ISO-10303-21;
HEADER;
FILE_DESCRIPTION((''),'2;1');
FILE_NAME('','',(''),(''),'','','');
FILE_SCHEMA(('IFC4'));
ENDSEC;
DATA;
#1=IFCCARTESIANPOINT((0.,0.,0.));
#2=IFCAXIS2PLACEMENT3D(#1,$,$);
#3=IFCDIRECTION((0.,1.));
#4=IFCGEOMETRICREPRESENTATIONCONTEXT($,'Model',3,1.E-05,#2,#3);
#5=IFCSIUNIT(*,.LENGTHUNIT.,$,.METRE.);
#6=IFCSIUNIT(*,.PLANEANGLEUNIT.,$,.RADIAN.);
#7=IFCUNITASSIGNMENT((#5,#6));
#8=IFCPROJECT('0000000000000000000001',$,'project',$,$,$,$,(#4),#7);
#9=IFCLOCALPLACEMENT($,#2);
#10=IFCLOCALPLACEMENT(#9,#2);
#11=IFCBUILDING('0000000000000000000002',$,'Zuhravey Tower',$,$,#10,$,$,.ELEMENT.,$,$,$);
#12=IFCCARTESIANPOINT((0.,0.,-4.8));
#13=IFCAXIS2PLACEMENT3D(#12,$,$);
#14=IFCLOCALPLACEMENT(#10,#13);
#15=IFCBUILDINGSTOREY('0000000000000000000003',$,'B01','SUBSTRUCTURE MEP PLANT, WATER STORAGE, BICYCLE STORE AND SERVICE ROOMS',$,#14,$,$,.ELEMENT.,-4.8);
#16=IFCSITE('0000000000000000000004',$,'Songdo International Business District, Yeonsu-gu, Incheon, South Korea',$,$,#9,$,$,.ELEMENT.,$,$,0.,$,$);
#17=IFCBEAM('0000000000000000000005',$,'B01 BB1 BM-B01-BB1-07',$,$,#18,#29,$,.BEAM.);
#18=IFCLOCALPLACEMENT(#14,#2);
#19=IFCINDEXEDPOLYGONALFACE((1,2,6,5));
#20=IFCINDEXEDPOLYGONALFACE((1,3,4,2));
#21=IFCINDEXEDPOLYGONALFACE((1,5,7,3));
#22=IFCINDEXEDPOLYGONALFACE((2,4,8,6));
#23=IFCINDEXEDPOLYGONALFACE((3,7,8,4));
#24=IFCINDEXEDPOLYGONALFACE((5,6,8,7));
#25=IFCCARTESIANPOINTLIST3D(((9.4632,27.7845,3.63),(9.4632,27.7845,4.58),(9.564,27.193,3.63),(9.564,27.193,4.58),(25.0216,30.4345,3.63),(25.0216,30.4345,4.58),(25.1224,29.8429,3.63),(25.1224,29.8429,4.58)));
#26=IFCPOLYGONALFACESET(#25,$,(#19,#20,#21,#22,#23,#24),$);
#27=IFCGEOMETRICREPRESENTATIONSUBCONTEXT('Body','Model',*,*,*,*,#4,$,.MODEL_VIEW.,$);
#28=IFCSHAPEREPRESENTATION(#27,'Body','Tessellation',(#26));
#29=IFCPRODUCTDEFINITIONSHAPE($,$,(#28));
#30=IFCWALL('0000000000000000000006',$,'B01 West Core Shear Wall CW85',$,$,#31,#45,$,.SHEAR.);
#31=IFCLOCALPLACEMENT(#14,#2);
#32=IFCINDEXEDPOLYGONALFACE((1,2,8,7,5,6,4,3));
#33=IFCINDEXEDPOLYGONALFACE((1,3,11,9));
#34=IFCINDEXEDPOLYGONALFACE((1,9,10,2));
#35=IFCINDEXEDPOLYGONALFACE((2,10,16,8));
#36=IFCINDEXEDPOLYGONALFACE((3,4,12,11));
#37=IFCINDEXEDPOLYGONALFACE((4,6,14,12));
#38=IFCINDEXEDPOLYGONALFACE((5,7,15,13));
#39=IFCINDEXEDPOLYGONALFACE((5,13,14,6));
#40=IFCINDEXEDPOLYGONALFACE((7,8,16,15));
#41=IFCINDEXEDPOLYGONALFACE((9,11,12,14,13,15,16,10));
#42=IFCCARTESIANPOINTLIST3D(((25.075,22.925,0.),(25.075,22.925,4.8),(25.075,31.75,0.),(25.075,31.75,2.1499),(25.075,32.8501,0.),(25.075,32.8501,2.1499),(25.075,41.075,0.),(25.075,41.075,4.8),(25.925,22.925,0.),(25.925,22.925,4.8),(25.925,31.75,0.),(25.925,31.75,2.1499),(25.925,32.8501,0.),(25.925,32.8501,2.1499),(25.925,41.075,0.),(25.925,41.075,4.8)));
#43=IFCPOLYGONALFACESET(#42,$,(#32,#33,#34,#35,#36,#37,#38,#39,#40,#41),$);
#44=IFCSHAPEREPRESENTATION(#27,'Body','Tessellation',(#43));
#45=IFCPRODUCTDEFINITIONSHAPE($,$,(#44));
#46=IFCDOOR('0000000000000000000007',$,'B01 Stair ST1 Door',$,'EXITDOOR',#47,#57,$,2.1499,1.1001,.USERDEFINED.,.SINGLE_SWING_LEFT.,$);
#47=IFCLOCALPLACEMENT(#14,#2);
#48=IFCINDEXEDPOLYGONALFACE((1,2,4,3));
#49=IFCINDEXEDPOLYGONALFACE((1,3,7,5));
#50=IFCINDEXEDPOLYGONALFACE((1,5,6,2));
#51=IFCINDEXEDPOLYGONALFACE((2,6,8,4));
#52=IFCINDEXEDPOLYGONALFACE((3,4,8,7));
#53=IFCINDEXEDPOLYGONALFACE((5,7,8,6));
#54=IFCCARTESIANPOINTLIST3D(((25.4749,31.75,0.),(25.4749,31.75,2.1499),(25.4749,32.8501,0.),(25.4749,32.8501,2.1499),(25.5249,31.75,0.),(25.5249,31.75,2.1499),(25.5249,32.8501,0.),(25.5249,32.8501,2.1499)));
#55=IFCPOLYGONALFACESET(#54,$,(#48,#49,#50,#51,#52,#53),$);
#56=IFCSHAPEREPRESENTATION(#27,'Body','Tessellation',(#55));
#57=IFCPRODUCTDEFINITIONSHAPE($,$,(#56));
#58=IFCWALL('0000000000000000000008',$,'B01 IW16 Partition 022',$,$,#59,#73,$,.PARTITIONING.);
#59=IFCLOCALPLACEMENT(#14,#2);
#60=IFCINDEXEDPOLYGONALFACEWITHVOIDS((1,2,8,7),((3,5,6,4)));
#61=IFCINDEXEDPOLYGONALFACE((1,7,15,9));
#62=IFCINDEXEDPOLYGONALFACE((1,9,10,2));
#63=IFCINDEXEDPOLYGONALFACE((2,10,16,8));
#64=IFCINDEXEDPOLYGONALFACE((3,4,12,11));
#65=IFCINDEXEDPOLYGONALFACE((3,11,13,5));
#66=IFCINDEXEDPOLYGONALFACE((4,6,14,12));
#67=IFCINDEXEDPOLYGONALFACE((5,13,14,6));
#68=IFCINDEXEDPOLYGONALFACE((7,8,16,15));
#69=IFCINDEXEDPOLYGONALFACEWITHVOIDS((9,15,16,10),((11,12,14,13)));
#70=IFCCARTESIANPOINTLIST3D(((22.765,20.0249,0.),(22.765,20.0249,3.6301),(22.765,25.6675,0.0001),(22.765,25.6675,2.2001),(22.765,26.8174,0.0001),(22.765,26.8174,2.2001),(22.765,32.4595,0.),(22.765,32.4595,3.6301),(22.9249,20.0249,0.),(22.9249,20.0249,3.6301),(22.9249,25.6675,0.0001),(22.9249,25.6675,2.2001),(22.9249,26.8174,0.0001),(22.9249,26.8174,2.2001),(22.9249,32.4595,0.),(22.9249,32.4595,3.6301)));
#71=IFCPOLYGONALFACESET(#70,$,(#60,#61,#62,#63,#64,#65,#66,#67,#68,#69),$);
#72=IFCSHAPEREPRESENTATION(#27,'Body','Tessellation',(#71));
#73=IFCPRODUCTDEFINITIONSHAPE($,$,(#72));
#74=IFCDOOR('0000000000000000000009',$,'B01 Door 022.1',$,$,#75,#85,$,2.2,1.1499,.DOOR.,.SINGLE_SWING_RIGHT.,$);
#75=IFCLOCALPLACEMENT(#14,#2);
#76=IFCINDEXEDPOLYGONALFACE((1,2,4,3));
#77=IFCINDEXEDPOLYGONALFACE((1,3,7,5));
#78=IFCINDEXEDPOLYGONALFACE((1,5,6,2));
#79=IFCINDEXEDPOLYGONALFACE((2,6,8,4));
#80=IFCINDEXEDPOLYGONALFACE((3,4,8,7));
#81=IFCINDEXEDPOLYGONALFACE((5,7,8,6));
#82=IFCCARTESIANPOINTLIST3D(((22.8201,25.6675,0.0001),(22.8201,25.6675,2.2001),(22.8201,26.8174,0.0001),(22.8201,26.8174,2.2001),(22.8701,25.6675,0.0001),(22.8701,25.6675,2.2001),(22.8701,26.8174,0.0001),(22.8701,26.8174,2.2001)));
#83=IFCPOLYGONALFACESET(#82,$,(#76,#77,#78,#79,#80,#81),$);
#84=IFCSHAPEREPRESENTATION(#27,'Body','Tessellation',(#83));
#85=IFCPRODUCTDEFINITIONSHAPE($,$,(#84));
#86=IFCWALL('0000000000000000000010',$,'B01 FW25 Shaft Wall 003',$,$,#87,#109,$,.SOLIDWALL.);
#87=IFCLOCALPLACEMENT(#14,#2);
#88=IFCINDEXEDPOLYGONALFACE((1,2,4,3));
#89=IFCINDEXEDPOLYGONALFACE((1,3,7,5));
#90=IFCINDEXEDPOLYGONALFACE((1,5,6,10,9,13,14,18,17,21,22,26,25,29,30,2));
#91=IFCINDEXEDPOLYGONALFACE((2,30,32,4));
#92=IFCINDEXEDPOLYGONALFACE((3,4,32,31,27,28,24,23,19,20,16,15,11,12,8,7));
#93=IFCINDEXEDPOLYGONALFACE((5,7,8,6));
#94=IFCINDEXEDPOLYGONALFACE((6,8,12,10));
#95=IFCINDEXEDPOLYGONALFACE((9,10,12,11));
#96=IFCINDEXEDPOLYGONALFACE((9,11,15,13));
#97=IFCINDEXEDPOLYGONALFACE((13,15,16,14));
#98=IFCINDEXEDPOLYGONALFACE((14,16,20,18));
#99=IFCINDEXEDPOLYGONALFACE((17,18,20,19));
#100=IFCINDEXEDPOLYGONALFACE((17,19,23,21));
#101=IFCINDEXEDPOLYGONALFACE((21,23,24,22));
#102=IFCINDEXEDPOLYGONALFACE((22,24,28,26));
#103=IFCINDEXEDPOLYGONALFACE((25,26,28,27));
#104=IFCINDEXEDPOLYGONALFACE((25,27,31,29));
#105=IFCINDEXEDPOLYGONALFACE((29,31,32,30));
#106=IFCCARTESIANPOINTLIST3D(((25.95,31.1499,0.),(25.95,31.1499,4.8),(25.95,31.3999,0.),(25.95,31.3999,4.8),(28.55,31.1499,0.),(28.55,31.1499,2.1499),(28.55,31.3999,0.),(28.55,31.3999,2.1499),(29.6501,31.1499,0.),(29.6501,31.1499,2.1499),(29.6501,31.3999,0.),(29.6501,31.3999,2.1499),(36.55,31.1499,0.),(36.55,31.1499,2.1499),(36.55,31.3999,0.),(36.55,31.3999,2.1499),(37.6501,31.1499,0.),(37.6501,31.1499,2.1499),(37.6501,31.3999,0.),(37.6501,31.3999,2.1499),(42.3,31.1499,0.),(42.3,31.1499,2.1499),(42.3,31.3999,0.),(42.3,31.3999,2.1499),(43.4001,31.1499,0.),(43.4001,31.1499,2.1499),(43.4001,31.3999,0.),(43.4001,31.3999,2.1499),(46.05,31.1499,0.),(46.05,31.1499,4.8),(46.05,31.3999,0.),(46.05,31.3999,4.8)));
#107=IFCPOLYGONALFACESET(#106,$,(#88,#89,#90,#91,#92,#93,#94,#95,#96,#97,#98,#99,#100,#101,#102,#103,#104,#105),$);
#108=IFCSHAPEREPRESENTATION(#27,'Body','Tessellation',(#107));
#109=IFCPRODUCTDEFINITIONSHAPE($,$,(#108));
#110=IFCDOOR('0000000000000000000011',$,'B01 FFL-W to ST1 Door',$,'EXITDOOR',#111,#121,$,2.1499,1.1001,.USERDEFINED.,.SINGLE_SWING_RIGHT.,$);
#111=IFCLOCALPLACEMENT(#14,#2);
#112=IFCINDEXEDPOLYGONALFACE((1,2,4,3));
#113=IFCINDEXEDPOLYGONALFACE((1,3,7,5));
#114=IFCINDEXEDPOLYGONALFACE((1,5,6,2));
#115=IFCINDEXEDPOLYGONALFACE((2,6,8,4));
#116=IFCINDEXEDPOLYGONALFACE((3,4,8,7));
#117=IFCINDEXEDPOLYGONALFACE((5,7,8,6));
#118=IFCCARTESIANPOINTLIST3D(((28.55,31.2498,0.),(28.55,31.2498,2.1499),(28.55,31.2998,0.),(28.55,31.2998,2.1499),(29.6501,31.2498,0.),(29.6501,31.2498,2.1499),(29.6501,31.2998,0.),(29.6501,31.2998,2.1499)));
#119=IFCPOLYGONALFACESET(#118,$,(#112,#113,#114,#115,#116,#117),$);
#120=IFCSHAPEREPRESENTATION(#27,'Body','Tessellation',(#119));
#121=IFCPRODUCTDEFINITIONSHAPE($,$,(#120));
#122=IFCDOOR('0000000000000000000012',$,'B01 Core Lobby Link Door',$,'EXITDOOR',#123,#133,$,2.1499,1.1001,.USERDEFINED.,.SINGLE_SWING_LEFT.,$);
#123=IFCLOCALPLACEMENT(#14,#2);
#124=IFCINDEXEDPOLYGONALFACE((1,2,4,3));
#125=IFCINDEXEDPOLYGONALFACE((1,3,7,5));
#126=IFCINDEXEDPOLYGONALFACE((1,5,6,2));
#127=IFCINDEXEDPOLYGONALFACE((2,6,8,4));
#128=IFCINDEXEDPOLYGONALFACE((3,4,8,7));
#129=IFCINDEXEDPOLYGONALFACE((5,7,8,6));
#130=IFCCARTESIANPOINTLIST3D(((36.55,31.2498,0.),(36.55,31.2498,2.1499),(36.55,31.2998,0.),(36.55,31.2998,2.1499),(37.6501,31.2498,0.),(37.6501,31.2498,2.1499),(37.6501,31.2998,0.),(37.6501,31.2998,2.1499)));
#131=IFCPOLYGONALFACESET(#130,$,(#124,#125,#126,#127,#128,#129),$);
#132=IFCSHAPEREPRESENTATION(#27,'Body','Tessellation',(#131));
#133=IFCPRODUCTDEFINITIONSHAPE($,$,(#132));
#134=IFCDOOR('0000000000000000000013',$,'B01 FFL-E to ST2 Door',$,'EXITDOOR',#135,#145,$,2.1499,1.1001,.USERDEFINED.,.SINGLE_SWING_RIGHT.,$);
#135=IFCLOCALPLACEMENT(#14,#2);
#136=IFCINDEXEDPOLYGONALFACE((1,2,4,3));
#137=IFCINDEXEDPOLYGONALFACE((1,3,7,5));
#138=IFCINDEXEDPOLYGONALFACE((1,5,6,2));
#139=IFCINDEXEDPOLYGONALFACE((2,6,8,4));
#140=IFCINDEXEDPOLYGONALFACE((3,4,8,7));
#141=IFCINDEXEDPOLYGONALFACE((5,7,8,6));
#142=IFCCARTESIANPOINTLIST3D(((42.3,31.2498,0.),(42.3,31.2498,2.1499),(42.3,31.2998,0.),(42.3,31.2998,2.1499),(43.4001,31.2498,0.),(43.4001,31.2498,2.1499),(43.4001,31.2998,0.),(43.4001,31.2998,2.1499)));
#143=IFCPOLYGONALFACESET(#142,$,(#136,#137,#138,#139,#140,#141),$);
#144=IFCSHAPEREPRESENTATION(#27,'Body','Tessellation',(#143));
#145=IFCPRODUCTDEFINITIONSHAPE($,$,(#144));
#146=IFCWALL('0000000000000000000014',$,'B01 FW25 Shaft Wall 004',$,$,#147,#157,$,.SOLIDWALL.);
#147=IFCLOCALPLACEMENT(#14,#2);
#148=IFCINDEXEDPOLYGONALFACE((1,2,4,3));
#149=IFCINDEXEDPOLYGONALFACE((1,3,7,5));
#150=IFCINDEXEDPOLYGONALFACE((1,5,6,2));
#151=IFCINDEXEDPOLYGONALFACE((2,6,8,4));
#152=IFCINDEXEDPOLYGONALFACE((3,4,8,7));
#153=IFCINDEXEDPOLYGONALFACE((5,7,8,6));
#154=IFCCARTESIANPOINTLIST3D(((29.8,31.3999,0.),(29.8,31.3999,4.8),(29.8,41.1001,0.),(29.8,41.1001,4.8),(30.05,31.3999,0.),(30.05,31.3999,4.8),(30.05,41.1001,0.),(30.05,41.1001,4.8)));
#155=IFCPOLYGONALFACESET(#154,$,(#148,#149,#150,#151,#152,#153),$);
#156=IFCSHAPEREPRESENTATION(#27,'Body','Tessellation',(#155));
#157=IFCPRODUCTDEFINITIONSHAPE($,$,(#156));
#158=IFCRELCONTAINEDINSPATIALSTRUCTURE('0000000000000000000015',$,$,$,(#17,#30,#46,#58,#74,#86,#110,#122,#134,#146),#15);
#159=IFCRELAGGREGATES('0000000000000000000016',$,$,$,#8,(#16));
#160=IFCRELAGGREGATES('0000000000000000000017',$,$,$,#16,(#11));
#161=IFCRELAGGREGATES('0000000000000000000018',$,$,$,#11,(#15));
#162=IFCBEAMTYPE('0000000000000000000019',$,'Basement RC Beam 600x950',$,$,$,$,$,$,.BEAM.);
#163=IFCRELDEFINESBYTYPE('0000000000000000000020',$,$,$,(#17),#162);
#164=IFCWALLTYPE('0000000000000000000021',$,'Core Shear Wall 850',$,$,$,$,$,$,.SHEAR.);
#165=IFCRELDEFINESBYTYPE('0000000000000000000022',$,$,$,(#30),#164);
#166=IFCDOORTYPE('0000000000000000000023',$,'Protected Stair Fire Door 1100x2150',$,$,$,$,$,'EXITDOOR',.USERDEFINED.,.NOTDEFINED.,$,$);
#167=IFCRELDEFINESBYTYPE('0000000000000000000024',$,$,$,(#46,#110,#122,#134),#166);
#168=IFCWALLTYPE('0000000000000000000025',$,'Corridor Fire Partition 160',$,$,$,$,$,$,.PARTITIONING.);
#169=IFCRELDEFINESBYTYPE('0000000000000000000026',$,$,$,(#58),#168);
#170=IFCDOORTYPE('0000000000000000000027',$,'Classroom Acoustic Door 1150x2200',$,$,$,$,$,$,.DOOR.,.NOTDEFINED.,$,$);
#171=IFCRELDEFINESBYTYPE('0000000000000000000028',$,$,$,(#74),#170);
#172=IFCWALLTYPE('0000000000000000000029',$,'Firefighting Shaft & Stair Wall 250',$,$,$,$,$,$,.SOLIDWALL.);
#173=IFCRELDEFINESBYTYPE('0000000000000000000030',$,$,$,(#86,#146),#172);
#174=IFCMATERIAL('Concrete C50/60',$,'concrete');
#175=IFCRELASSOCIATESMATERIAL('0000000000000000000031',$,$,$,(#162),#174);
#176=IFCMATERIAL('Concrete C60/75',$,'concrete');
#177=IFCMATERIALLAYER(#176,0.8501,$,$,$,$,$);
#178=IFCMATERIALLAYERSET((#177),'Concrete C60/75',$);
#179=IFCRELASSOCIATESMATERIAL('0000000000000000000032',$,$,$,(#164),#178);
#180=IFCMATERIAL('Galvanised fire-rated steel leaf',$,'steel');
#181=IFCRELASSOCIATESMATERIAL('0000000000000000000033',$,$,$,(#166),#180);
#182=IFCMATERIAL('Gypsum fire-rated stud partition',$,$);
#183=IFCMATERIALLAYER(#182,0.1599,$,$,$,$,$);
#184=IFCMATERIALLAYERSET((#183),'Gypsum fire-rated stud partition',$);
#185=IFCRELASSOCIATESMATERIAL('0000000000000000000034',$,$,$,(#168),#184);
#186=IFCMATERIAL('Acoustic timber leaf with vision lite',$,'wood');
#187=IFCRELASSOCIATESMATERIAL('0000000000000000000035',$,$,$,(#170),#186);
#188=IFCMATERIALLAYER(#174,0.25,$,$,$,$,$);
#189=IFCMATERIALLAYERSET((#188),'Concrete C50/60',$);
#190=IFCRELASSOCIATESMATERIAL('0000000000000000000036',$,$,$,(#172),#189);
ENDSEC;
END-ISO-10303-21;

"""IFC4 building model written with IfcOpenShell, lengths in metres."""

from ifc_helpers import new_model, si_unit, direction, frame, frame_2d, origin, origin_2d, place, context, subcontext, project, spatial, rectangle, extrude, material, layer, layer_set, material_profile, profile_set, type_object, element, fill, save


model = new_model("IFC4")

# Units and contexts
model_context = context("Model", 3, precision=1e-05, world=origin(), true_north=direction((0.0, 1.0)))
body_context = subcontext(model_context, "Body", "Model", "MODEL_VIEW")
ifc_project = project(units=[si_unit("LENGTHUNIT", "METRE"), si_unit("PLANEANGLEUNIT", "RADIAN")], contexts=[model_context])

# Site, building, storey
site_placement = place(None, origin())
site = spatial("IfcSite", under=ifc_project, at=site_placement, Name="Songdo International Business District, Yeonsu-gu, Incheon, South Korea", CompositionType="ELEMENT", RefElevation=0.0)
building_placement = place(site_placement, origin())
building = spatial("IfcBuilding", under=site, at=building_placement, Name="Zuhravey Tower", CompositionType="ELEMENT")
storey_placement = place(building_placement, frame((0.0, 0.0, -4.8)))
storey = spatial("IfcBuildingStorey", under=building, at=storey_placement, Name="B01", Description="SUBSTRUCTURE MEP PLANT, WATER STORAGE, BICYCLE STORE AND SERVICE ROOMS", CompositionType="ELEMENT", Elevation=-4.8)

# Beam
ifc_material_1 = material(Name="Concrete C50/60", Category="concrete")
ifc_material_profile = material_profile(ifc_material_1, rectangle(XDim=0.6001, YDim=0.95, at=origin_2d()), Name="RC-600x950")
ifc_profile_set = profile_set([ifc_material_profile], Name="Concrete C50/60")
beam_type = type_object("IfcBeamType", Name="Basement RC Beam 600x950", PredefinedType="BEAM", material=ifc_profile_set)
beam_placement = place(storey_placement, frame((25.072, 30.1387, 4.105), z_axis=(-0.985804, -0.167902, 0.0), x_axis=(0.167902, -0.985804, 0.0)))
element("IfcBeam", 1, at=beam_placement, inside=storey, type_object=beam_type, Name="B01 BB1 BM-B01-BB1-07", PredefinedType="BEAM", context=body_context, shape_type="SweptSolid", body=[
    extrude(rectangle(XDim=0.6001, YDim=0.95, at=origin_2d()), origin(), (0.0, 0.0, 1.0), 15.7825),
])

# Walls, openings, doors
ifc_material_2 = material(Name="Concrete C60/75", Category="concrete")
ifc_layer_1 = layer(ifc_material_2, 0.8501)
ifc_layer_set_1 = layer_set([ifc_layer_1], Name="Concrete C60/75")
wall_type_1 = type_object("IfcWallType", Name="Core Shear Wall 850", PredefinedType="SHEAR", material=ifc_layer_set_1)
ifc_material_3 = material(Name="Galvanised fire-rated steel leaf", Category="steel")
wall_1_placement = place(storey_placement, frame((25.5, 22.925, 0.0), z_axis=(0.0, 0.0, 1.0), x_axis=(0.0, 1.0, 0.0)))
wall_1 = element("IfcWall", 2, at=wall_1_placement, inside=storey, type_object=wall_type_1, Name="B01 West Core Shear Wall CW85", PredefinedType="SHEAR", context=body_context, shape_type="SweptSolid", body=[
    extrude(rectangle(XDim=18.1499, YDim=0.8501, at=frame_2d((9.075, 0.0))), origin(), (0.0, 0.0, 1.0), 4.8),
])
opening_1_placement = place(wall_1_placement, frame((8.825, 0.0, 0.0)))
opening_1 = element("IfcOpeningElement", 3, at=opening_1_placement, cuts=wall_1, PredefinedType="OPENING", context=body_context, shape_type="SweptSolid", body=[
    extrude(rectangle(XDim=1.1001, YDim=2.1499, at=frame_2d((0.55, 1.075))), frame((0.0, 0.437, 0.0), z_axis=(0.0, -1.0, 0.0), x_axis=(1.0, 0.0, 0.0)), (0.0, 0.0, 1.0), 0.874),
])
door_type_1 = type_object("IfcDoorType", Name="Protected Stair Fire Door 1100x2150", ElementType="EXITDOOR", OperationType="NOTDEFINED", PredefinedType="USERDEFINED", material=ifc_material_3)
door_1_placement = place(opening_1_placement, frame((1.1001, 0.0, 0.0), z_axis=(0.0, 0.0, 1.0), x_axis=(-1.0, 0.0, 0.0)))
door_1 = element("IfcDoor", 4, at=door_1_placement, inside=storey, type_object=door_type_1, Name="B01 Stair ST1 Door", ObjectType="EXITDOOR", OperationType="SINGLE_SWING_LEFT", OverallHeight=2.1499, OverallWidth=1.1001, PredefinedType="USERDEFINED", context=body_context, shape_type="SweptSolid", body=[
    extrude(rectangle(XDim=1.1001, YDim=2.1499, at=frame_2d((0.55, 1.075))), frame((0.0, 0.0249, 0.0), z_axis=(0.0, -1.0, 0.0), x_axis=(1.0, 0.0, 0.0)), (0.0, 0.0, 1.0), 0.05),
])
fill(opening_1, door_1)
ifc_material_4 = material(Name="Gypsum fire-rated stud partition")
ifc_layer_2 = layer(ifc_material_4, 0.1599)
ifc_layer_set_2 = layer_set([ifc_layer_2], Name="Gypsum fire-rated stud partition")
wall_type_2 = type_object("IfcWallType", Name="Corridor Fire Partition 160", PredefinedType="PARTITIONING", material=ifc_layer_set_2)
wall_2_placement = place(storey_placement, frame((22.845, 32.4595, 0.0), z_axis=(0.0, 0.0, 1.0), x_axis=(0.0, -1.0, 0.0)))
wall_2 = element("IfcWall", 5, at=wall_2_placement, inside=storey, type_object=wall_type_2, Name="B01 IW16 Partition 022", PredefinedType="PARTITIONING", context=body_context, shape_type="SweptSolid", body=[
    extrude(rectangle(XDim=12.4346, YDim=0.1599, at=frame_2d((6.2173, 0.0))), origin(), (0.0, 0.0, 1.0), 3.6301),
])
opening_2_placement = place(wall_2_placement, frame((5.6421, 0.0, 0.0)))
opening_2 = element("IfcOpeningElement", 6, at=opening_2_placement, cuts=wall_2, PredefinedType="OPENING", context=body_context, shape_type="SweptSolid", body=[
    extrude(rectangle(XDim=1.1499, YDim=2.2, at=frame_2d((0.575, 1.1001))), frame((0.0, 0.092, 0.0), z_axis=(0.0, -1.0, 0.0), x_axis=(1.0, 0.0, 0.0)), (0.0, 0.0, 1.0), 0.1838),
])
ifc_material_5 = material(Name="Acoustic timber leaf with vision lite", Category="wood")
door_type_2 = type_object("IfcDoorType", Name="Classroom Acoustic Door 1150x2200", OperationType="NOTDEFINED", PredefinedType="DOOR", material=ifc_material_5)
door_2_placement = place(opening_2_placement, frame((1.1499, 0.0, 0.0), z_axis=(0.0, 0.0, 1.0), x_axis=(-1.0, 0.0, 0.0)))
door_2 = element("IfcDoor", 7, at=door_2_placement, inside=storey, type_object=door_type_2, Name="B01 Door 022.1", OperationType="SINGLE_SWING_RIGHT", OverallHeight=2.2, OverallWidth=1.1499, PredefinedType="DOOR", context=body_context, shape_type="SweptSolid", body=[
    extrude(rectangle(XDim=1.1499, YDim=2.2, at=frame_2d((0.575, 1.1001))), frame((0.0, 0.0249, 0.0), z_axis=(0.0, -1.0, 0.0), x_axis=(1.0, 0.0, 0.0)), (0.0, 0.0, 1.0), 0.05),
])
fill(opening_2, door_2)

# Wall, openings, doors
ifc_layer_3 = layer(ifc_material_1, 0.25)
ifc_layer_set_3 = layer_set([ifc_layer_3], Name="Concrete C50/60")
wall_type_3 = type_object("IfcWallType", Name="Firefighting Shaft & Stair Wall 250", PredefinedType="SOLIDWALL", material=ifc_layer_set_3)
wall_3_placement = place(storey_placement, frame((25.95, 31.2749, 0.0), z_axis=(0.0, 0.0, 1.0), x_axis=(1.0, 0.0, 0.0)))
wall_3 = element("IfcWall", 8, at=wall_3_placement, inside=storey, type_object=wall_type_3, Name="B01 FW25 Shaft Wall 003", PredefinedType="SOLIDWALL", context=body_context, shape_type="SweptSolid", body=[
    extrude(rectangle(XDim=20.1001, YDim=0.25, at=frame_2d((10.05, 0.0))), origin(), (0.0, 0.0, 1.0), 4.8),
])
opening_3_placement = place(wall_3_placement, frame((2.6001, 0.0, 0.0)))
opening_3 = element("IfcOpeningElement", 9, at=opening_3_placement, cuts=wall_3, PredefinedType="OPENING", context=body_context, shape_type="SweptSolid", body=[
    extrude(rectangle(XDim=1.1001, YDim=2.1499, at=frame_2d((0.55, 1.075))), frame((0.0, 0.137, 0.0), z_axis=(0.0, -1.0, 0.0), x_axis=(1.0, 0.0, 0.0)), (0.0, 0.0, 1.0), 0.2739),
])
opening_4_placement = place(wall_3_placement, frame((10.6001, 0.0, 0.0)))
opening_4 = element("IfcOpeningElement", 10, at=opening_4_placement, cuts=wall_3, PredefinedType="OPENING", context=body_context, shape_type="SweptSolid", body=[
    extrude(rectangle(XDim=1.1001, YDim=2.1499, at=frame_2d((0.55, 1.075))), frame((0.0, 0.137, 0.0), z_axis=(0.0, -1.0, 0.0), x_axis=(1.0, 0.0, 0.0)), (0.0, 0.0, 1.0), 0.2739),
])
opening_5_placement = place(wall_3_placement, frame((16.3501, 0.0, 0.0)))
opening_5 = element("IfcOpeningElement", 11, at=opening_5_placement, cuts=wall_3, PredefinedType="OPENING", context=body_context, shape_type="SweptSolid", body=[
    extrude(rectangle(XDim=1.1001, YDim=2.1499, at=frame_2d((0.55, 1.075))), frame((0.0, 0.137, 0.0), z_axis=(0.0, -1.0, 0.0), x_axis=(1.0, 0.0, 0.0)), (0.0, 0.0, 1.0), 0.2739),
])
door_3_placement = place(opening_3_placement, origin())
door_3 = element("IfcDoor", 12, at=door_3_placement, inside=storey, type_object=door_type_1, Name="B01 FFL-W to ST1 Door", ObjectType="EXITDOOR", OperationType="SINGLE_SWING_RIGHT", OverallHeight=2.1499, OverallWidth=1.1001, PredefinedType="USERDEFINED", context=body_context, shape_type="SweptSolid", body=[
    extrude(rectangle(XDim=1.1001, YDim=2.1499, at=frame_2d((0.55, 1.075))), frame((0.0, 0.0249, 0.0), z_axis=(0.0, -1.0, 0.0), x_axis=(1.0, 0.0, 0.0)), (0.0, 0.0, 1.0), 0.05),
])
fill(opening_3, door_3)
door_4_placement = place(opening_4_placement, origin())
door_4 = element("IfcDoor", 13, at=door_4_placement, inside=storey, type_object=door_type_1, Name="B01 Core Lobby Link Door", ObjectType="EXITDOOR", OperationType="SINGLE_SWING_LEFT", OverallHeight=2.1499, OverallWidth=1.1001, PredefinedType="USERDEFINED", context=body_context, shape_type="SweptSolid", body=[
    extrude(rectangle(XDim=1.1001, YDim=2.1499, at=frame_2d((0.55, 1.075))), frame((0.0, 0.0249, 0.0), z_axis=(0.0, -1.0, 0.0), x_axis=(1.0, 0.0, 0.0)), (0.0, 0.0, 1.0), 0.05),
])
fill(opening_4, door_4)
door_5_placement = place(opening_5_placement, origin())
door_5 = element("IfcDoor", 14, at=door_5_placement, inside=storey, type_object=door_type_1, Name="B01 FFL-E to ST2 Door", ObjectType="EXITDOOR", OperationType="SINGLE_SWING_RIGHT", OverallHeight=2.1499, OverallWidth=1.1001, PredefinedType="USERDEFINED", context=body_context, shape_type="SweptSolid", body=[
    extrude(rectangle(XDim=1.1001, YDim=2.1499, at=frame_2d((0.55, 1.075))), frame((0.0, 0.0249, 0.0), z_axis=(0.0, -1.0, 0.0), x_axis=(1.0, 0.0, 0.0)), (0.0, 0.0, 1.0), 0.05),
])
fill(opening_5, door_5)

# Wall
for number, where, z_axis, x_axis, name in (
    (15, (29.925, 31.3999, 0.0), (0.0, 0.0, 1.0), (0.0, 1.0, 0.0), "B01 FW25 Shaft Wall 004"),
):
    element("IfcWall", number, at=place(storey_placement, frame(where, z_axis=z_axis, x_axis=x_axis)), inside=storey, type_object=wall_type_3, Name=name, PredefinedType="SOLIDWALL", context=body_context, shape_type="SweptSolid", body=[
        extrude(rectangle(XDim=9.7002, YDim=0.25, at=frame_2d((4.8501, 0.0))), origin(), (0.0, 0.0, 1.0), 4.8),
    ])

save(model, "model.ifc")
